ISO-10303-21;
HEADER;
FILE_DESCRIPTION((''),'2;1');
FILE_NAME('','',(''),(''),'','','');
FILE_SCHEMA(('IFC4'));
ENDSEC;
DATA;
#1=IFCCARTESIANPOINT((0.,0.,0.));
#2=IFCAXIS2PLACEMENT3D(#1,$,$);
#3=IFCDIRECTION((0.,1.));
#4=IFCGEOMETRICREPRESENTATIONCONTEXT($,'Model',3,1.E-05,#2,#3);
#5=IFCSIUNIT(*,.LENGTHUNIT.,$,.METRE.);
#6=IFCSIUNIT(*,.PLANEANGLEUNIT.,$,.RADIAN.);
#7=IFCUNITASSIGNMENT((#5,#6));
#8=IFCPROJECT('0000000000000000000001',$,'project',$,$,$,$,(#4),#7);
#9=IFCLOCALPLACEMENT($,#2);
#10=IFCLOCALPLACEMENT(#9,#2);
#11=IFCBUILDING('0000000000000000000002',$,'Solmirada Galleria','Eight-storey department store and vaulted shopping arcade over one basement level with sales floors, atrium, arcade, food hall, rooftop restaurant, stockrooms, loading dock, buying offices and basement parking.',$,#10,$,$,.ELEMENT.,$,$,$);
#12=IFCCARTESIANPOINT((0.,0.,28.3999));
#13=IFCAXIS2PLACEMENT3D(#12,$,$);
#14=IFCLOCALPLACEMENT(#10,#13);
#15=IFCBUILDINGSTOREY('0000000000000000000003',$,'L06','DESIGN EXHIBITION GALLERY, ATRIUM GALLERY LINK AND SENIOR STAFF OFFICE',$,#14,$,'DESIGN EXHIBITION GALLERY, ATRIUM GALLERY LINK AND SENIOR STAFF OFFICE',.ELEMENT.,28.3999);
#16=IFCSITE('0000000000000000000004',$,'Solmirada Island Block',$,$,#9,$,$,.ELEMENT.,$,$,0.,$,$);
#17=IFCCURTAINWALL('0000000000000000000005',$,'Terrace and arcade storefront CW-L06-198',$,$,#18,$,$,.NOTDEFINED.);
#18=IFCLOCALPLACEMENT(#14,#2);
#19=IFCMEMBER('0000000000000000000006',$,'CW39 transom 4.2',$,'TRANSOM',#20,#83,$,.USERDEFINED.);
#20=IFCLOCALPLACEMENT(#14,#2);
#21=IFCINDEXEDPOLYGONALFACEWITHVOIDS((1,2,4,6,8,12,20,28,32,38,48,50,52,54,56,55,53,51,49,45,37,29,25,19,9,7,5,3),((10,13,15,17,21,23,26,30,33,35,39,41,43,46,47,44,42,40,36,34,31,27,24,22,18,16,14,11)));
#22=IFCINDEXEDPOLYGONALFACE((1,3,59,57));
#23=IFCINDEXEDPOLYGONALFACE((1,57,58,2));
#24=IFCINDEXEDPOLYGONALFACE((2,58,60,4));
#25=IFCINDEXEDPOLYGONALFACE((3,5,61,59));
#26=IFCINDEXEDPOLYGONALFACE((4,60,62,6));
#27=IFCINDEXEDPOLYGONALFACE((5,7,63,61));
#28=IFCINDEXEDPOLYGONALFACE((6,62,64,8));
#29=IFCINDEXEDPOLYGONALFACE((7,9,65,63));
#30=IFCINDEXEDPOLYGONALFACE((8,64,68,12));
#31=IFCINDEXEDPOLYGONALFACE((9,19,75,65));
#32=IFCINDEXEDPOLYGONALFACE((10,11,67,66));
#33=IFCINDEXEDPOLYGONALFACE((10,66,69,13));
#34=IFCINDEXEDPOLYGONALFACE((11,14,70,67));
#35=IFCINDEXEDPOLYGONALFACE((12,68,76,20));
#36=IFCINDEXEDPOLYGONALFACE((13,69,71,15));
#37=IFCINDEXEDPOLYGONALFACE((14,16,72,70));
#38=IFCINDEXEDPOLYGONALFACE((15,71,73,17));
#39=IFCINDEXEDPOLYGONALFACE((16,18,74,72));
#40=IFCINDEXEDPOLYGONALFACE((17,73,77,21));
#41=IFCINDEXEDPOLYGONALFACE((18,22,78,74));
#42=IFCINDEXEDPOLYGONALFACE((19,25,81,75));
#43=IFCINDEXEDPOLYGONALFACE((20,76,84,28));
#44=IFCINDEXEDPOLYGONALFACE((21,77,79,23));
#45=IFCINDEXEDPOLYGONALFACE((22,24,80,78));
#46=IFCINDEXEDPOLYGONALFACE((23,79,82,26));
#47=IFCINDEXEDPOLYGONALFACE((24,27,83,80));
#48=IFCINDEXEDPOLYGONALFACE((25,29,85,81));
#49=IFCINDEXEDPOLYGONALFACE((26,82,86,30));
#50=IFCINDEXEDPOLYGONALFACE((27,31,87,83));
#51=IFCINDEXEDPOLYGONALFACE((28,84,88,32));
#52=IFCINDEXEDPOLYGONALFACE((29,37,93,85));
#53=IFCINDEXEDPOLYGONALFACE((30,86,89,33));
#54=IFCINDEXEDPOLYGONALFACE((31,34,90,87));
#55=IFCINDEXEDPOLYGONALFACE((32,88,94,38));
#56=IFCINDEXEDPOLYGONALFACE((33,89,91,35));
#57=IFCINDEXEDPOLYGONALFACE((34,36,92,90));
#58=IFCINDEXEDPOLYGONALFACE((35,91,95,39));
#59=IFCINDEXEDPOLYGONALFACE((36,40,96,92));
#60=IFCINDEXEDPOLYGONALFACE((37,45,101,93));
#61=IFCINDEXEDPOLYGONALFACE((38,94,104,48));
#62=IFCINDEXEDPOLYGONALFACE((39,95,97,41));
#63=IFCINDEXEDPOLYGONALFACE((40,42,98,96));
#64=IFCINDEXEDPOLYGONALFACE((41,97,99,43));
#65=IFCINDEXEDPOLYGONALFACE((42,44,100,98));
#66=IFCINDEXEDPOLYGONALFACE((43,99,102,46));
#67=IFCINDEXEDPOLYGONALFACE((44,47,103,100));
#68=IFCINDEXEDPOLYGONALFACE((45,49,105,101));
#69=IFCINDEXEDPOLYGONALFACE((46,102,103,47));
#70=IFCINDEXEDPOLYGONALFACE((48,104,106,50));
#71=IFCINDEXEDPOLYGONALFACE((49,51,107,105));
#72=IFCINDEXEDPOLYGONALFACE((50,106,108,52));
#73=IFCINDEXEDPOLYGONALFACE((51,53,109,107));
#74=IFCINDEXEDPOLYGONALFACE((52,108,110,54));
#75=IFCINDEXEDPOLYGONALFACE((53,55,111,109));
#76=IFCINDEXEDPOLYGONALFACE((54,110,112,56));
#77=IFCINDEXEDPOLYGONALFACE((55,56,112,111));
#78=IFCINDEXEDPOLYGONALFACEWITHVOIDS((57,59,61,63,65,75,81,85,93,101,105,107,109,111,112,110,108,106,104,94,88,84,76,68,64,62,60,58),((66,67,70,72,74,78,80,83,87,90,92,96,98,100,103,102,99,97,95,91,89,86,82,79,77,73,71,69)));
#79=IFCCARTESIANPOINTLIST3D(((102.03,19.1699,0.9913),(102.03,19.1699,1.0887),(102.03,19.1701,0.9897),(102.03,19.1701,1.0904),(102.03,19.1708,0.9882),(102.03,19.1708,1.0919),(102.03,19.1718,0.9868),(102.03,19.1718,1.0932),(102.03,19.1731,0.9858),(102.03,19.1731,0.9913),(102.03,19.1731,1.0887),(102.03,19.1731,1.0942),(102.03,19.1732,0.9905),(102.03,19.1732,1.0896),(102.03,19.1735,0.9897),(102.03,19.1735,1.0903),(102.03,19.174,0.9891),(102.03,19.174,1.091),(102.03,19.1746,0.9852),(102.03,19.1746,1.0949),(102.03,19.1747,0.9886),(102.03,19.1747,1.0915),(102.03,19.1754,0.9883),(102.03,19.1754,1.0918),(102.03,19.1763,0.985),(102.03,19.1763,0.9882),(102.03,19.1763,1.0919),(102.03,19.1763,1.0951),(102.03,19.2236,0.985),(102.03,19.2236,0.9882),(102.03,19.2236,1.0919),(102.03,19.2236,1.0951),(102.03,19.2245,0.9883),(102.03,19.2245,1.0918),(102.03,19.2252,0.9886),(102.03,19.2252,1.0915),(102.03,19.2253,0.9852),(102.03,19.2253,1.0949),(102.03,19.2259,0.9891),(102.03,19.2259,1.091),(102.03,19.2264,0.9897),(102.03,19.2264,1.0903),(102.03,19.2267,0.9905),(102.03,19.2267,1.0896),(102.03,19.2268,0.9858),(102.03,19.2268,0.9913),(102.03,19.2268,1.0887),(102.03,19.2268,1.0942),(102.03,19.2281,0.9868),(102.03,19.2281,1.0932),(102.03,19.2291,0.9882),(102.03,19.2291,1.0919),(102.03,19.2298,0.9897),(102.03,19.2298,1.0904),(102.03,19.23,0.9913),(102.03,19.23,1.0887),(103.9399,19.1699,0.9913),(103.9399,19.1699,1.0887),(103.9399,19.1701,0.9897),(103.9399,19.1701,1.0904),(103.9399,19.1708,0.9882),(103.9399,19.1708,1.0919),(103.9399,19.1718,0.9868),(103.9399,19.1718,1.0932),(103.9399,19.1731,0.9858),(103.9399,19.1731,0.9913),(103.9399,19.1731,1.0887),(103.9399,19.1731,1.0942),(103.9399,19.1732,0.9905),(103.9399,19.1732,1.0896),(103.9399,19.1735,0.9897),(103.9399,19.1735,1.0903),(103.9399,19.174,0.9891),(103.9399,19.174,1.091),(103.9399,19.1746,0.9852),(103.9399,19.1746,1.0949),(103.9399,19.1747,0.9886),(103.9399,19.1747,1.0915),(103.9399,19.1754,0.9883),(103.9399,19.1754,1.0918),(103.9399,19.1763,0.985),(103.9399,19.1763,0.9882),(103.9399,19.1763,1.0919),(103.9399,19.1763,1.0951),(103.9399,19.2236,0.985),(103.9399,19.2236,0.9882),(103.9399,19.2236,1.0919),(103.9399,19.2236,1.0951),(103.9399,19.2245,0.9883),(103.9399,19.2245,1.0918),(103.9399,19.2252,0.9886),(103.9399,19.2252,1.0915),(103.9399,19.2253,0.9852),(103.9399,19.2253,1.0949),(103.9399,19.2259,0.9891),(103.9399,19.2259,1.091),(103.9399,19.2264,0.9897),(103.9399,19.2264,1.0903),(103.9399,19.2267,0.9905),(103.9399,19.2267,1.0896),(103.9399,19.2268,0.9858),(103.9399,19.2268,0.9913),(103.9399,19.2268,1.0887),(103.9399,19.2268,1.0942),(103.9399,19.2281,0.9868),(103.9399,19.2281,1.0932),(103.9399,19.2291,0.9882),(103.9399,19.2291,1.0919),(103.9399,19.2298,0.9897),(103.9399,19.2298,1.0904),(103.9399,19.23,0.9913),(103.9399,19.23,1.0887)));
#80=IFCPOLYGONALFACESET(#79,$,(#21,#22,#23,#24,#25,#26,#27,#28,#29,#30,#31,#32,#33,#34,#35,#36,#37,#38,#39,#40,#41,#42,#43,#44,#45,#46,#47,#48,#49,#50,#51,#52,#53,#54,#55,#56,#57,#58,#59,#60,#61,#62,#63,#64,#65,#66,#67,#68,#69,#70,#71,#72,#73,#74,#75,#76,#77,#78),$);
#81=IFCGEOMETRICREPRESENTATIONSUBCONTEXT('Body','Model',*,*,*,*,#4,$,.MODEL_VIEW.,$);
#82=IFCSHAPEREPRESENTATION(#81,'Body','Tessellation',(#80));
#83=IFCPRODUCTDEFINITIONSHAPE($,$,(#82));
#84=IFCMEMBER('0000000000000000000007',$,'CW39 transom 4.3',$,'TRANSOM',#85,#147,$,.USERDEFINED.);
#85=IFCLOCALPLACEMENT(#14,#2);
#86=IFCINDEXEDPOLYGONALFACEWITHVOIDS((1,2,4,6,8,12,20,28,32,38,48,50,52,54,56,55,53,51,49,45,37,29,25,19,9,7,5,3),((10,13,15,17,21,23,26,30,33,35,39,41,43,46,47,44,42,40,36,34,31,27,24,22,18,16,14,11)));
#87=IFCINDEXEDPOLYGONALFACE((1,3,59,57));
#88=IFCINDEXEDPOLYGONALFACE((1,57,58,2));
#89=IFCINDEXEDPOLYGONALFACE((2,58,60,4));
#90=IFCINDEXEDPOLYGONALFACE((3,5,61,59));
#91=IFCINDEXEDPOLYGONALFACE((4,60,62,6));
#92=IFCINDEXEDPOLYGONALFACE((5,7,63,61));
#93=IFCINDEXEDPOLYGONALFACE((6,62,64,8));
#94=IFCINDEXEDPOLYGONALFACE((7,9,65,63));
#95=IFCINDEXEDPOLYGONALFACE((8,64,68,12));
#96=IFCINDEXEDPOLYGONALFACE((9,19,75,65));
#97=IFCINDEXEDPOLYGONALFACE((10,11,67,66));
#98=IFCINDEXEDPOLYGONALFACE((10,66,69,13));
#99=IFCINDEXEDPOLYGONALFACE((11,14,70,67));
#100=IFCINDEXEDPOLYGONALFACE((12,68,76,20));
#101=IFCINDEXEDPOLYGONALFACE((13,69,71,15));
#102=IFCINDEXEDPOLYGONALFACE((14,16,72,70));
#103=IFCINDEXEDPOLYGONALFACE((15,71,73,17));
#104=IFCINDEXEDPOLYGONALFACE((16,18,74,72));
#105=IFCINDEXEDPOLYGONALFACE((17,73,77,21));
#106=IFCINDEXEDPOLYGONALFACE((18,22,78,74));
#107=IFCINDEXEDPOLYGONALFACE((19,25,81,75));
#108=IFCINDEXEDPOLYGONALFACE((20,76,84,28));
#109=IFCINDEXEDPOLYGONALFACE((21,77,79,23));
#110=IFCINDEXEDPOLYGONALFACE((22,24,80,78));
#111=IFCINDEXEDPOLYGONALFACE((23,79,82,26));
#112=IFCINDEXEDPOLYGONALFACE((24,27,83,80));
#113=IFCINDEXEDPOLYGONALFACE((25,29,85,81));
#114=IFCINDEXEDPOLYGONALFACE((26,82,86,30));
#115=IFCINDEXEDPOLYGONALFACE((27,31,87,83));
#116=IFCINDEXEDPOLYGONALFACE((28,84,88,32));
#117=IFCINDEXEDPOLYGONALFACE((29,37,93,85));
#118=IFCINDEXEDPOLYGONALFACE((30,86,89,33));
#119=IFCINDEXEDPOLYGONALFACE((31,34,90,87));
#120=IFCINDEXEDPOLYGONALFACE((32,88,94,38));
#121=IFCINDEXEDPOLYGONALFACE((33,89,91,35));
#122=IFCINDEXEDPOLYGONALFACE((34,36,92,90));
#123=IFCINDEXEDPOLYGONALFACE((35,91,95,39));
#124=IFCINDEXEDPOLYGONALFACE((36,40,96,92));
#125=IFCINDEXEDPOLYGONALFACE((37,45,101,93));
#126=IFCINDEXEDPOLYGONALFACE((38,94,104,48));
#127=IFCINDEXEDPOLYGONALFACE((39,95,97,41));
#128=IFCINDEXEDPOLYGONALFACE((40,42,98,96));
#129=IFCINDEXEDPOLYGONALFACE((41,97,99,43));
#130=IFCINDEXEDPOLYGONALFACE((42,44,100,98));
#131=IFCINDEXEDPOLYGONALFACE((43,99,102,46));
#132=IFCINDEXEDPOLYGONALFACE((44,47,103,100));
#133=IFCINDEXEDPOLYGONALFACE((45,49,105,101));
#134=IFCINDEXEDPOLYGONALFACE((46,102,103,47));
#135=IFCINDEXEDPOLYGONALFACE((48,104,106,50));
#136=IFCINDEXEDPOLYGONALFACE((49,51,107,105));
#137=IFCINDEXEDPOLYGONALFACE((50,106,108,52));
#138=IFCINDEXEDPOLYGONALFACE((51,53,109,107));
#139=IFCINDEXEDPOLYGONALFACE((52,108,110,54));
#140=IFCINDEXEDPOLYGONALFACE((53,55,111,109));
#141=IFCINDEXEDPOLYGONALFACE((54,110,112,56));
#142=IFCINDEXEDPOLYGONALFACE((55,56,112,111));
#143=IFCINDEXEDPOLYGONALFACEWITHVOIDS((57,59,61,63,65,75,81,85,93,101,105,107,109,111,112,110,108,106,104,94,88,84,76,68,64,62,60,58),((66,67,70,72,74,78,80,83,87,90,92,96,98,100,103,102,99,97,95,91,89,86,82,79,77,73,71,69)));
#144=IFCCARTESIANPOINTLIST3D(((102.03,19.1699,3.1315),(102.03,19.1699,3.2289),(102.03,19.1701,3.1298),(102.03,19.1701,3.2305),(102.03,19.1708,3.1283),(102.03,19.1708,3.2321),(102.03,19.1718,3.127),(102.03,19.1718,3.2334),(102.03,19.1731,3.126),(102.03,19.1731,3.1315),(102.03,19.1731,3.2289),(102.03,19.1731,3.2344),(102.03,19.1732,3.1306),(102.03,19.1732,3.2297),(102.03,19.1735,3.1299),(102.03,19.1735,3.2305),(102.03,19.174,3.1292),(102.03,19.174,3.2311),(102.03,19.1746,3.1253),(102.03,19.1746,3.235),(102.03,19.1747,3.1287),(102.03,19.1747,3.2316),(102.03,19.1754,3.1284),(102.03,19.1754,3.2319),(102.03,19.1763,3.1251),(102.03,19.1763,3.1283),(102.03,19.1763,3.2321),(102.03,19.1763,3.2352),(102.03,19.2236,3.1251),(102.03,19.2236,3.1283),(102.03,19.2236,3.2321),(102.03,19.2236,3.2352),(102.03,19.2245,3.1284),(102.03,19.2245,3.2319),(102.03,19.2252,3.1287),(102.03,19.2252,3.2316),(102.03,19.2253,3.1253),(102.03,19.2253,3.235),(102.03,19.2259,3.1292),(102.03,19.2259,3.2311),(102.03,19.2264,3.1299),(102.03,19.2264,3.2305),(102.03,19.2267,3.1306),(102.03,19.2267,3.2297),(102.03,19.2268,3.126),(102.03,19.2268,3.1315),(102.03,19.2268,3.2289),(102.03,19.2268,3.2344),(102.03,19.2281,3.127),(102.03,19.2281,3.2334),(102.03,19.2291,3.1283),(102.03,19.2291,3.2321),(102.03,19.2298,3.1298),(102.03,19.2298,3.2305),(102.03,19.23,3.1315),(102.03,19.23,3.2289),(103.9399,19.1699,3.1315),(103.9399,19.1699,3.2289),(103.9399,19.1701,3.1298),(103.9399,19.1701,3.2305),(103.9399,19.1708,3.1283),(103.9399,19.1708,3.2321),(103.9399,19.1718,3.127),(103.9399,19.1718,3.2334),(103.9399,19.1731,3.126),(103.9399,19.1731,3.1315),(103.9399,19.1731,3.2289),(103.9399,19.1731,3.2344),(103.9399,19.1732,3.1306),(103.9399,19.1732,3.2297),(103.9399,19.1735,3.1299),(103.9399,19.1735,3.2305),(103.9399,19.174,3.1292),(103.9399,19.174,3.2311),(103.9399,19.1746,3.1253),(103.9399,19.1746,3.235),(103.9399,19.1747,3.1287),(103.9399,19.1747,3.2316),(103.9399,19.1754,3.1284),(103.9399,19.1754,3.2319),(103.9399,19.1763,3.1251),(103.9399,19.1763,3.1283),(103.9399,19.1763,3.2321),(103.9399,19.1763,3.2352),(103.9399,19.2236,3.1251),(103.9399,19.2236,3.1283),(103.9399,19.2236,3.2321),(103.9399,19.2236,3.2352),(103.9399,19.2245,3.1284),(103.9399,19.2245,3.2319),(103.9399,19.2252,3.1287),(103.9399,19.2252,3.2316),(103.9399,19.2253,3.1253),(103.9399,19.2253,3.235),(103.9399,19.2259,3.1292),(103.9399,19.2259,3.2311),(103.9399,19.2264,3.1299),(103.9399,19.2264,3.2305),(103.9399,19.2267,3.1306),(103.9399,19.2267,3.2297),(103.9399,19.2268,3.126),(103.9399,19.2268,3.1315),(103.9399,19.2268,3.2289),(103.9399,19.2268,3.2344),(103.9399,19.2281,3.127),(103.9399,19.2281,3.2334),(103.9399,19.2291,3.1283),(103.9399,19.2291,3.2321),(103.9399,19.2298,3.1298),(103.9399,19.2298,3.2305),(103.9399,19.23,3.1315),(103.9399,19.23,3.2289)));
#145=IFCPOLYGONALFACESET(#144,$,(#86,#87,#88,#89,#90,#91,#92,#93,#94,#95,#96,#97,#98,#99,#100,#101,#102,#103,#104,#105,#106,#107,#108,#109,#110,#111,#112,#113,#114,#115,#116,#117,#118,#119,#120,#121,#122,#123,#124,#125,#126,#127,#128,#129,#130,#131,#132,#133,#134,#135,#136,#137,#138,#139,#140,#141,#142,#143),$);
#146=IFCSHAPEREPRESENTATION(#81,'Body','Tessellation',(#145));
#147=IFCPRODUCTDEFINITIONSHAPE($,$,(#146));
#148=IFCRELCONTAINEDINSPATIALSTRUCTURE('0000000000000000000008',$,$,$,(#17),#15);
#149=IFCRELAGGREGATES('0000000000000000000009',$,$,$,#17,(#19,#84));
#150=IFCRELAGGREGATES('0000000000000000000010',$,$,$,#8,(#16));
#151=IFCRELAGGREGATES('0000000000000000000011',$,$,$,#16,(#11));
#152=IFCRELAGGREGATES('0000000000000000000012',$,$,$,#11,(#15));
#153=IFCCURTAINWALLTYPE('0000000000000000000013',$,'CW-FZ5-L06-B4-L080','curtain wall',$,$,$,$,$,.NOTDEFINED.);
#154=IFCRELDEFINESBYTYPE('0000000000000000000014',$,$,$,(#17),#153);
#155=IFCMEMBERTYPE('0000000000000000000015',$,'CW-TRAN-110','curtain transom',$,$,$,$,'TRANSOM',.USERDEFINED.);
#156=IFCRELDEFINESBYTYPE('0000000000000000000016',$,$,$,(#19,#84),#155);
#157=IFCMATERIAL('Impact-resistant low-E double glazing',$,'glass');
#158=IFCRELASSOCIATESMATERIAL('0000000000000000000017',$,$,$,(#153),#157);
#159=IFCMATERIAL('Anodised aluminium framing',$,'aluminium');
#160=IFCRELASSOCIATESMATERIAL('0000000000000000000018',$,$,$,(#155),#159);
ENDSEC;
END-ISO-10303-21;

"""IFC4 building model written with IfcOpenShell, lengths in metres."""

from ifc_helpers import new_model, si_unit, direction, frame, origin, origin_2d, place, context, subcontext, project, spatial, hollow_rectangle, extrude, material, material_profile, profile_set, type_object, element, aggregate, save


model = new_model("IFC4")

# Units and contexts
model_context = context("Model", 3, precision=1e-05, world=origin(), true_north=direction((0.0, 1.0)))
body_context = subcontext(model_context, "Body", "Model", "MODEL_VIEW")
ifc_project = project(units=[si_unit("LENGTHUNIT", "METRE"), si_unit("PLANEANGLEUNIT", "RADIAN")], contexts=[model_context])

# Site, building, storey
site_placement = place(None, origin())
site = spatial("IfcSite", under=ifc_project, at=site_placement, Name="Solmirada Island Block", CompositionType="ELEMENT", RefElevation=0.0)
building_placement = place(site_placement, origin())
building = spatial("IfcBuilding", under=site, at=building_placement, Name="Solmirada Galleria", Description="Eight-storey department store and vaulted shopping arcade over one basement level with sales floors, atrium, arcade, food hall, rooftop restaurant, stockrooms, loading dock, buying offices and basement parking.", CompositionType="ELEMENT")
storey_placement = place(building_placement, frame((0.0, 0.0, 28.3999)))
storey = spatial("IfcBuildingStorey", under=building, at=storey_placement, Name="L06", Description="DESIGN EXHIBITION GALLERY, ATRIUM GALLERY LINK AND SENIOR STAFF OFFICE", LongName="DESIGN EXHIBITION GALLERY, ATRIUM GALLERY LINK AND SENIOR STAFF OFFICE", CompositionType="ELEMENT", Elevation=28.3999)

# Curtain wall
ifc_material_1 = material(Name="Impact-resistant low-E double glazing", Category="glass")
curtain_wall_type = type_object("IfcCurtainWallType", Name="CW-FZ5-L06-B4-L080", Description="curtain wall", PredefinedType="NOTDEFINED", material=ifc_material_1)
curtain_wall_1_placement = place(storey_placement, origin())
curtain_wall_1 = element("IfcCurtainWall", 1, at=curtain_wall_1_placement, inside=storey, type_object=curtain_wall_type, Name="Terrace and arcade storefront CW-L06-198", PredefinedType="NOTDEFINED")
ifc_material_2 = material(Name="Anodised aluminium framing", Category="aluminium")

# Members
ifc_material_profile_1 = material_profile(ifc_material_2, hollow_rectangle(XDim=0.0601, YDim=0.1101, WallThickness=0.0032, InnerFilletRadius=0.0032, OuterFilletRadius=0.0063, at=origin_2d()), Name="ALU-TRAN-110X60")
ifc_profile_set_1 = profile_set([ifc_material_profile_1], Name="Anodised aluminium framing")
member_type_1 = type_object("IfcMemberType", Name="CW-TRAN-110", Description="curtain transom", ElementType="TRANSOM", PredefinedType="USERDEFINED", material=ifc_profile_set_1)
member_1_placement = place(storey_placement, frame((102.03, 19.2, 1.04), z_axis=(1.0, 0.0, 0.0), x_axis=(0.0, 1.0, 0.0)))
member_1 = element("IfcMember", 2, at=member_1_placement, type_object=member_type_1, Name="CW39 transom 4.2", ObjectType="TRANSOM", PredefinedType="USERDEFINED", context=body_context, shape_type="SweptSolid", body=[
    extrude(hollow_rectangle(XDim=0.0601, YDim=0.1101, WallThickness=0.0032, InnerFilletRadius=0.0032, OuterFilletRadius=0.0063, at=origin_2d()), origin(), (0.0, 0.0, 1.0), 1.9099),
])
member_2_placement = place(storey_placement, frame((102.03, 19.2, 3.1802), z_axis=(1.0, 0.0, 0.0), x_axis=(0.0, 1.0, 0.0)))
member_2 = element("IfcMember", 3, at=member_2_placement, type_object=member_type_1, Name="CW39 transom 4.3", ObjectType="TRANSOM", PredefinedType="USERDEFINED", context=body_context, shape_type="SweptSolid", body=[
    extrude(hollow_rectangle(XDim=0.0601, YDim=0.1101, WallThickness=0.0032, InnerFilletRadius=0.0032, OuterFilletRadius=0.0063, at=origin_2d()), origin(), (0.0, 0.0, 1.0), 1.9099),
])

aggregate(curtain_wall_1, [member_1, member_2])

save(model, "model.ifc")
